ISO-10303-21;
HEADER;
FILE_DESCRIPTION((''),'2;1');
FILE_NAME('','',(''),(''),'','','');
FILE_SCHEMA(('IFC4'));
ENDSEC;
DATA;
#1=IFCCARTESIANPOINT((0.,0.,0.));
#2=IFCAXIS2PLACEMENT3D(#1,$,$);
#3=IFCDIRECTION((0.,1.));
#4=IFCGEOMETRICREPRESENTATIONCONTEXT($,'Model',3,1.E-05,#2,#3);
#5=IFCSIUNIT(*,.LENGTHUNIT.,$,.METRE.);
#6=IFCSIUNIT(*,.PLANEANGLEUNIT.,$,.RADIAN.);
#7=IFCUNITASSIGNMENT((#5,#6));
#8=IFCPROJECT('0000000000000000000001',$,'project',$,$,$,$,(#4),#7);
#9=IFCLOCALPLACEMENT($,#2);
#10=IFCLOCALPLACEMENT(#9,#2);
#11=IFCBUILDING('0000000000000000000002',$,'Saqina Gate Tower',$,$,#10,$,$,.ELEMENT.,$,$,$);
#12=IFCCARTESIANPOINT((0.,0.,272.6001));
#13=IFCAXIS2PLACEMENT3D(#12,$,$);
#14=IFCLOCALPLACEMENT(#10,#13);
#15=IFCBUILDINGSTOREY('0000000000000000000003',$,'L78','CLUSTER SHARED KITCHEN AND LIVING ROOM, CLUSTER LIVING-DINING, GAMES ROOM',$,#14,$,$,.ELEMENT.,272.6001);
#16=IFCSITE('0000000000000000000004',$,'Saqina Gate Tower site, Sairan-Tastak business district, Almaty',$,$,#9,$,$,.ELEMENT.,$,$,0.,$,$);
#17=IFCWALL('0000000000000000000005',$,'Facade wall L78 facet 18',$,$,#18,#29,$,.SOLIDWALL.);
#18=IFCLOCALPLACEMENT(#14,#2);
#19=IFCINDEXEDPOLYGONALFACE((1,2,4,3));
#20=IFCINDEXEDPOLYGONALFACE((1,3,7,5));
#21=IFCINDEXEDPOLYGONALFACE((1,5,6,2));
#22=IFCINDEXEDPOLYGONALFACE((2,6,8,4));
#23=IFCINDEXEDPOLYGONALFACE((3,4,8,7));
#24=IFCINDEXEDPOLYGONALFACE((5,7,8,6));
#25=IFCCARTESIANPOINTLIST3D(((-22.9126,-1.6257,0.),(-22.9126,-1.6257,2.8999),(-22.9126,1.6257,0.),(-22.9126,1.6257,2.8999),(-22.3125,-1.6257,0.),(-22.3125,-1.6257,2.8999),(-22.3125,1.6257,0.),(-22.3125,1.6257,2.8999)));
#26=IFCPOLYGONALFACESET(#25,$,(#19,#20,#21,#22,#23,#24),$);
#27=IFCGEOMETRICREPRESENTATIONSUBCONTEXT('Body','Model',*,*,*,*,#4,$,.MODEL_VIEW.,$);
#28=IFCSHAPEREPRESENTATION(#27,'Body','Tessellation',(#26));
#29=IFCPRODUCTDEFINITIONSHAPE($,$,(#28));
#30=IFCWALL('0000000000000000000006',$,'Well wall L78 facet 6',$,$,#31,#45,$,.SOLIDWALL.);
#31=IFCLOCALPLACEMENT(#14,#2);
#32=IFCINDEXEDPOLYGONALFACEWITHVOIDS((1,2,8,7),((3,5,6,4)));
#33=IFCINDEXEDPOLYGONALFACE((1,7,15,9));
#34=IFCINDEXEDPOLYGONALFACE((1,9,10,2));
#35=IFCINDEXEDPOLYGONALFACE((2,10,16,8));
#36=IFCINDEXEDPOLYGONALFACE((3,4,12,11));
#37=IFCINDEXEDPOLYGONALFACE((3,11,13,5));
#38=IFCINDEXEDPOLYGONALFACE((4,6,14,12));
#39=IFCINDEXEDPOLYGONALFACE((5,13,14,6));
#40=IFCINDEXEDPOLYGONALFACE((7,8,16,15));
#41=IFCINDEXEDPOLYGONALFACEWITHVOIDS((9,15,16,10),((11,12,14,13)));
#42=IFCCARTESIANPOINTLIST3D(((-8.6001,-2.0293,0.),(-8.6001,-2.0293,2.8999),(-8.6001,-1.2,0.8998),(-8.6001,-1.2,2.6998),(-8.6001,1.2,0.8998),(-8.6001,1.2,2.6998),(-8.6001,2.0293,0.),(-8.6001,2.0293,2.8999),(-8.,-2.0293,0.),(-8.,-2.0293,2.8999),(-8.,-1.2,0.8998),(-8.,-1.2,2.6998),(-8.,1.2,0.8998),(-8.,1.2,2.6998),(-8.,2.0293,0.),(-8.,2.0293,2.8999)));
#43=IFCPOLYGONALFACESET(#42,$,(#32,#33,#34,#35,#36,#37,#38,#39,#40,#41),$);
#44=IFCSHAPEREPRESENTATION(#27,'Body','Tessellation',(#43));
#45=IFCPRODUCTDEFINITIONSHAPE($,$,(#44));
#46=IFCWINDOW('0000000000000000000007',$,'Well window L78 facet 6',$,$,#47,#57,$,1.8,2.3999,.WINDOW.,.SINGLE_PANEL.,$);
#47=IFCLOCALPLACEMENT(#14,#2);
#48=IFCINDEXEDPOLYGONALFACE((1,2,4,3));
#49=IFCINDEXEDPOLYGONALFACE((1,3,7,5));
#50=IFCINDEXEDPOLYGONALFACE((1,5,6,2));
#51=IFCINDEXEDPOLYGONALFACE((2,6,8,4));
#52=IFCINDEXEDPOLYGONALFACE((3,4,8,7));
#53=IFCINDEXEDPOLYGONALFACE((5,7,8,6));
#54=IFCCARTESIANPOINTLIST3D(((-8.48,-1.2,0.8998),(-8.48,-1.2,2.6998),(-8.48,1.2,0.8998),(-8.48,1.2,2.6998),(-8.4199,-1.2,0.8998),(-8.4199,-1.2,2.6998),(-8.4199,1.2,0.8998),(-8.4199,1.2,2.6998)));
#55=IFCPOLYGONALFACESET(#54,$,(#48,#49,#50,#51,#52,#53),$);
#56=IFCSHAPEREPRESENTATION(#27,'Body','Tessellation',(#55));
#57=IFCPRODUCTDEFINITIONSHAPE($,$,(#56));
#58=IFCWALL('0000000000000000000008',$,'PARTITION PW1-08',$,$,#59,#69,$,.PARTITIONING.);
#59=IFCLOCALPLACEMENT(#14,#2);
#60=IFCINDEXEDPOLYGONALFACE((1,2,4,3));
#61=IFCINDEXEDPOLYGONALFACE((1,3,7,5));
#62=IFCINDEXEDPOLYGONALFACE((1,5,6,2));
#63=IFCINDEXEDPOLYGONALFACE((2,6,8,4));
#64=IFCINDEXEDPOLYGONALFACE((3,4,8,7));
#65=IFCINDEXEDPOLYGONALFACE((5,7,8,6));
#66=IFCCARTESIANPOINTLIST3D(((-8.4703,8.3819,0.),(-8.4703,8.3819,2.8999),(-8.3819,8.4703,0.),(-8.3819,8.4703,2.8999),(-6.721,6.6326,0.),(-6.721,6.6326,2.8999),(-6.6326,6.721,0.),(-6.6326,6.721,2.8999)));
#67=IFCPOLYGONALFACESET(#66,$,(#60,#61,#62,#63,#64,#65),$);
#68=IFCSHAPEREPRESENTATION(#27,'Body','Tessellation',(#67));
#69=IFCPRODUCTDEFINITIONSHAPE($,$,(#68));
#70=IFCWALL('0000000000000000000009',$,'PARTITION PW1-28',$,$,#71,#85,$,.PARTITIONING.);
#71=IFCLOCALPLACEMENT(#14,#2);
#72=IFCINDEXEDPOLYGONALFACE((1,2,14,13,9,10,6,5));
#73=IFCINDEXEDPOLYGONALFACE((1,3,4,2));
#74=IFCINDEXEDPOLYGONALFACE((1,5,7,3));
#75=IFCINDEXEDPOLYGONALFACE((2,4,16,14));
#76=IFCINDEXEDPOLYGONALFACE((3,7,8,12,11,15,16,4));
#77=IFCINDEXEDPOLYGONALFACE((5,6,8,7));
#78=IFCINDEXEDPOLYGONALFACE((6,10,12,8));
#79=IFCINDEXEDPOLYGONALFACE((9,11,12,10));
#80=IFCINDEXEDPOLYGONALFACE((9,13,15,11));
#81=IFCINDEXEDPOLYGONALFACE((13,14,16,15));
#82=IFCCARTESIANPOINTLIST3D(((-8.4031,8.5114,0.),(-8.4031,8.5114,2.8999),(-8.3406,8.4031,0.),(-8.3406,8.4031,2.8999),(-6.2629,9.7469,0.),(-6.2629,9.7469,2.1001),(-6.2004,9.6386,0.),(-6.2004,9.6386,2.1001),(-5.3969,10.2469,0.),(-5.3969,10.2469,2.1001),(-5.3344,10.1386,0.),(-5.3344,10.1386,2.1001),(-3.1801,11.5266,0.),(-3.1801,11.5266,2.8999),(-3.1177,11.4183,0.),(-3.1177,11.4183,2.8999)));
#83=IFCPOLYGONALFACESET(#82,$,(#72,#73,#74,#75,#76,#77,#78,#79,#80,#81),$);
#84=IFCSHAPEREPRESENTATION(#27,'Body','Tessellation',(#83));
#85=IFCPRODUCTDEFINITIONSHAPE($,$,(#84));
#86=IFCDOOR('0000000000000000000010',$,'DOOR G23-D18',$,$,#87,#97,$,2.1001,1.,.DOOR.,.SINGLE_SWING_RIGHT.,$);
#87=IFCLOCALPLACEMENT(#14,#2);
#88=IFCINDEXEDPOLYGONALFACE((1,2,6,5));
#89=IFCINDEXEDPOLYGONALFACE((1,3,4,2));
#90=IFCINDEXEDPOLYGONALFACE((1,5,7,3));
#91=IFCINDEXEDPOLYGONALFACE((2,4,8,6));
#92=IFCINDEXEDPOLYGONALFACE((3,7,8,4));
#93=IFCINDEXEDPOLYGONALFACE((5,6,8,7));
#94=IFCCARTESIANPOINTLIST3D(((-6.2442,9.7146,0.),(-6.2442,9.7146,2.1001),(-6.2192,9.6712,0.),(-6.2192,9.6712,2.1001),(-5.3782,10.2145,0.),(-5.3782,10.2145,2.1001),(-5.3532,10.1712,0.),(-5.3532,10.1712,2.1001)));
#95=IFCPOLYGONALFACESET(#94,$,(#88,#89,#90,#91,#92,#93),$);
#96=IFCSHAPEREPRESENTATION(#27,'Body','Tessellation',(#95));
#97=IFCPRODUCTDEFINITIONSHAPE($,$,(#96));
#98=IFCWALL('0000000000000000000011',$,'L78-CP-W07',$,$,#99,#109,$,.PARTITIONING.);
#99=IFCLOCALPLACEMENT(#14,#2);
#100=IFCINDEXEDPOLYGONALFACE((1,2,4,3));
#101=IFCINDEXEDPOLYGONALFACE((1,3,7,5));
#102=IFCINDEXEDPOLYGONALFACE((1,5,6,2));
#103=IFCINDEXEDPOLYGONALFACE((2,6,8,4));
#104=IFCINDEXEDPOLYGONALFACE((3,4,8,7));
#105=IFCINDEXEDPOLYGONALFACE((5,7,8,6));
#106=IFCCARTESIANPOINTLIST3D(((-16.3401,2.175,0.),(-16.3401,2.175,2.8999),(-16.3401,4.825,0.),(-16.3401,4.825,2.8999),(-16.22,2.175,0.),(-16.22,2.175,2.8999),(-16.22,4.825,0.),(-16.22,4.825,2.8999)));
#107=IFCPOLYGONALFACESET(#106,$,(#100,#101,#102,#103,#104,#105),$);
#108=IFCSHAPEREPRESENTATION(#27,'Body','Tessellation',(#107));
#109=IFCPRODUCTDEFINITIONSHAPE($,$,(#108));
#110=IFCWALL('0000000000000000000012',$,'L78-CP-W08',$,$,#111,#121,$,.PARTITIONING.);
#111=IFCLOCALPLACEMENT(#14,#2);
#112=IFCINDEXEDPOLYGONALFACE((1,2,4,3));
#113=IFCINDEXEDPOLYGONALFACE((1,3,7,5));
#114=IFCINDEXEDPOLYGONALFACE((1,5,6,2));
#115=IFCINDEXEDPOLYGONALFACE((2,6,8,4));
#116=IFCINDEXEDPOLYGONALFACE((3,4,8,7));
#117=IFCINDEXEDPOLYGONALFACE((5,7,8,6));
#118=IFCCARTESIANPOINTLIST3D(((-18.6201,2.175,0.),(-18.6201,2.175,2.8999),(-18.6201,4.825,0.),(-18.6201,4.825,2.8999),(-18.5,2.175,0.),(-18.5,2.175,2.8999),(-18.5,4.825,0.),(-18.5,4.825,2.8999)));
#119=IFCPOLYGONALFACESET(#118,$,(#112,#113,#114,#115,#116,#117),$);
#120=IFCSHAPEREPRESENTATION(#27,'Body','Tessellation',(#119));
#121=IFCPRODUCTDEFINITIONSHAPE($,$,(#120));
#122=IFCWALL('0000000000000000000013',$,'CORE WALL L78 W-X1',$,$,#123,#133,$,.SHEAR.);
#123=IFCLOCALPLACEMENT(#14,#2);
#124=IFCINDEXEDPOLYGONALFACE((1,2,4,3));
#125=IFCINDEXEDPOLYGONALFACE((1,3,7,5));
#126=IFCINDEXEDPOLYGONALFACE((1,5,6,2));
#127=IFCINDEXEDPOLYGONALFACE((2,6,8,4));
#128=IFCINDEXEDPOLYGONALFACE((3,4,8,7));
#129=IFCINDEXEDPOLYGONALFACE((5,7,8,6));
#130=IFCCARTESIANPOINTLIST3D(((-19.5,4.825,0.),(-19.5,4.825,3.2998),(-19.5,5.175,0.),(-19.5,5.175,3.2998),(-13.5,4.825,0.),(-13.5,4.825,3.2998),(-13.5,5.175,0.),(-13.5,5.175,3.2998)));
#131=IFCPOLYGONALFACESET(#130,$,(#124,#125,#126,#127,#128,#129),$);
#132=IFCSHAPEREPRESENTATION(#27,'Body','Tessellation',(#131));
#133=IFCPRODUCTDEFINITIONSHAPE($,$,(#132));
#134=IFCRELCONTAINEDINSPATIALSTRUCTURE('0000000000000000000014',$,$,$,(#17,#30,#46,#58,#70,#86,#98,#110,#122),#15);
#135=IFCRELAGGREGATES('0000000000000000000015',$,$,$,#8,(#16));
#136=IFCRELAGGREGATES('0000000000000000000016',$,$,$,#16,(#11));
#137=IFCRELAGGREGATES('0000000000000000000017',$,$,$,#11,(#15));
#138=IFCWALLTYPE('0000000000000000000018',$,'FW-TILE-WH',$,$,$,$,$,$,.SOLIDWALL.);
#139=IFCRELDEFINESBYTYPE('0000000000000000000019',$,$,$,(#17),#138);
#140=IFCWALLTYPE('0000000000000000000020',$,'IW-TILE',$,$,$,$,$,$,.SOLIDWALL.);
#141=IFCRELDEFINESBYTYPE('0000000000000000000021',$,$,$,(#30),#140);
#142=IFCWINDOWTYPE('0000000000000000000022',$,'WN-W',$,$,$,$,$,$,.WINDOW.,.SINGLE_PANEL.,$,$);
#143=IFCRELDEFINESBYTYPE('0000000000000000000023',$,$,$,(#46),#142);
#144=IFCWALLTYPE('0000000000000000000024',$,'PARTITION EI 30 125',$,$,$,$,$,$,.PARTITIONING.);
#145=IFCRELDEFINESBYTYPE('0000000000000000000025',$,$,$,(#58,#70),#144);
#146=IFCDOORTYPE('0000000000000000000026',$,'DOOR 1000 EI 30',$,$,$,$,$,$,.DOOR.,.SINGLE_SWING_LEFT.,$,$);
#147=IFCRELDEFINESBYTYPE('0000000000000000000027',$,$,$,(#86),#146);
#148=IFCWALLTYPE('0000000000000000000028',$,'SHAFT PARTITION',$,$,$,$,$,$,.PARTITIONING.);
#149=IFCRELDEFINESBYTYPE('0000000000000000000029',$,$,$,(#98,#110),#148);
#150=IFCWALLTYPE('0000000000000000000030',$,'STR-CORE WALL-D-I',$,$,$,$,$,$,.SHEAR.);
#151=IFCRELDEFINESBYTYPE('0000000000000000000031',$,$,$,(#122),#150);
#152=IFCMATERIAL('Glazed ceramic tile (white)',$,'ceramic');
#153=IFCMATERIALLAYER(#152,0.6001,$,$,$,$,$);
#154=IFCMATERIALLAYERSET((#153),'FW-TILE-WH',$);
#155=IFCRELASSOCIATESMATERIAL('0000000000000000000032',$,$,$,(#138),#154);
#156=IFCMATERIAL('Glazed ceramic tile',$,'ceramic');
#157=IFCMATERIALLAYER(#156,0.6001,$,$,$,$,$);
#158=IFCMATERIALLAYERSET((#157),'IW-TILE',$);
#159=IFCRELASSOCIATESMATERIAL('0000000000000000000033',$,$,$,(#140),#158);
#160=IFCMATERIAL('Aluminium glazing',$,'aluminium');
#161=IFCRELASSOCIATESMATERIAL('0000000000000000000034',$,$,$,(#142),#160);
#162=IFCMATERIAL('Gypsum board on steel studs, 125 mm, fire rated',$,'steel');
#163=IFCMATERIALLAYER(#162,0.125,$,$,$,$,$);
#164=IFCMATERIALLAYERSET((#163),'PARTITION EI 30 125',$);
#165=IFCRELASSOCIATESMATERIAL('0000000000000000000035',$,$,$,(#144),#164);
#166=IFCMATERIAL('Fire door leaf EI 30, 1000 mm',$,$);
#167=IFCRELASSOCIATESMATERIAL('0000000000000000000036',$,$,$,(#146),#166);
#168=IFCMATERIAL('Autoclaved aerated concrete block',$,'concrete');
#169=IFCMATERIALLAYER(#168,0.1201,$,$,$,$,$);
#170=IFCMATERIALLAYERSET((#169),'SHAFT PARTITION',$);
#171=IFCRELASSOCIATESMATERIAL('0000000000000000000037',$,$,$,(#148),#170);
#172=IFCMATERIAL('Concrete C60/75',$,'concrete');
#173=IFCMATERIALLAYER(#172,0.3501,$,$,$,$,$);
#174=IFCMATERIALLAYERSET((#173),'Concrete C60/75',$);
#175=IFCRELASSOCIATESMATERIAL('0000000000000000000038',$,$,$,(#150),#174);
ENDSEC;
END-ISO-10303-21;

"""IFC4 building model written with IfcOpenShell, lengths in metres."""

from ifc_helpers import new_model, si_unit, direction, frame, frame_2d, origin, place, context, subcontext, project, spatial, rectangle, extrude, material, layer, layer_set, type_object, element, fill, save


model = new_model("IFC4")

# Units and contexts
model_context = context("Model", 3, precision=1e-05, world=origin(), true_north=direction((0.0, 1.0)))
body_context = subcontext(model_context, "Body", "Model", "MODEL_VIEW")
ifc_project = project(units=[si_unit("LENGTHUNIT", "METRE"), si_unit("PLANEANGLEUNIT", "RADIAN")], contexts=[model_context])

# Site, building, storey
site_placement = place(None, origin())
site = spatial("IfcSite", under=ifc_project, at=site_placement, Name="Saqina Gate Tower site, Sairan-Tastak business district, Almaty", CompositionType="ELEMENT", RefElevation=0.0)
building_placement = place(site_placement, origin())
building = spatial("IfcBuilding", under=site, at=building_placement, Name="Saqina Gate Tower", CompositionType="ELEMENT")
storey_placement = place(building_placement, frame((0.0, 0.0, 272.6001)))
storey = spatial("IfcBuildingStorey", under=building, at=storey_placement, Name="L78", Description="CLUSTER SHARED KITCHEN AND LIVING ROOM, CLUSTER LIVING-DINING, GAMES ROOM", CompositionType="ELEMENT", Elevation=272.6001)

# Wall
ifc_material_1 = material(Name="Glazed ceramic tile (white)", Category="ceramic")
ifc_layer_1 = layer(ifc_material_1, 0.6001)
ifc_layer_set_1 = layer_set([ifc_layer_1], Name="FW-TILE-WH")
wall_type_1 = type_object("IfcWallType", Name="FW-TILE-WH", PredefinedType="SOLIDWALL", material=ifc_layer_set_1)
wall_1_placement = place(storey_placement, frame((-22.6125, 1.6257, 0.0), z_axis=(0.0, 0.0, 1.0), x_axis=(0.0, -1.0, 0.0)))
element("IfcWall", 1, at=wall_1_placement, inside=storey, type_object=wall_type_1, Name="Facade wall L78 facet 18", PredefinedType="SOLIDWALL", context=body_context, shape_type="SweptSolid", body=[
    extrude(rectangle(XDim=3.2515, YDim=0.6001, at=frame_2d((1.6257, 0.0))), origin(), (0.0, 0.0, 1.0), 2.8999),
])

# Wall, opening, window
ifc_material_2 = material(Name="Glazed ceramic tile", Category="ceramic")
ifc_layer_2 = layer(ifc_material_2, 0.6001)
ifc_layer_set_2 = layer_set([ifc_layer_2], Name="IW-TILE")
wall_type_2 = type_object("IfcWallType", Name="IW-TILE", PredefinedType="SOLIDWALL", material=ifc_layer_set_2)
wall_2_placement = place(storey_placement, frame((-8.3, 2.0293, 0.0), z_axis=(0.0, 0.0, 1.0), x_axis=(0.0, -1.0, 0.0)))
wall_2 = element("IfcWall", 2, at=wall_2_placement, inside=storey, type_object=wall_type_2, Name="Well wall L78 facet 6", PredefinedType="SOLIDWALL", context=body_context, shape_type="SweptSolid", body=[
    extrude(rectangle(XDim=4.0586, YDim=0.6001, at=frame_2d((2.0293, 0.0))), origin(), (0.0, 0.0, 1.0), 2.8999),
])
opening_1_placement = place(wall_2_placement, frame((0.8293, 0.0, 0.8999)))
opening_1 = element("IfcOpeningElement", 3, at=opening_1_placement, cuts=wall_2, PredefinedType="OPENING", context=body_context, shape_type="SweptSolid", body=[
    extrude(rectangle(XDim=2.3999, YDim=1.8, at=frame_2d((1.2, 0.8999))), frame((0.0, 0.312, 0.0), z_axis=(0.0, -1.0, 0.0), x_axis=(1.0, 0.0, 0.0)), (0.0, 0.0, 1.0), 0.624),
])
ifc_material_3 = material(Name="Aluminium glazing", Category="aluminium")
window_type = type_object("IfcWindowType", Name="WN-W", PartitioningType="SINGLE_PANEL", PredefinedType="WINDOW", material=ifc_material_3)
window_placement = place(opening_1_placement, origin())
window = element("IfcWindow", 4, at=window_placement, inside=storey, type_object=window_type, Name="Well window L78 facet 6", OverallHeight=1.8, OverallWidth=2.3999, PartitioningType="SINGLE_PANEL", PredefinedType="WINDOW", context=body_context, shape_type="SweptSolid", body=[
    extrude(rectangle(XDim=2.3999, YDim=1.8, at=frame_2d((1.2, 0.8999))), frame((0.0, -0.1199, 0.0), z_axis=(0.0, -1.0, 0.0), x_axis=(1.0, 0.0, 0.0)), (0.0, 0.0, 1.0), 0.0601),
])
fill(opening_1, window)

# Wall
ifc_material_4 = material(Name="Gypsum board on steel studs, 125 mm, fire rated", Category="steel")
ifc_layer_3 = layer(ifc_material_4, 0.125)
ifc_layer_set_3 = layer_set([ifc_layer_3], Name="PARTITION EI 30 125")
wall_type_3 = type_object("IfcWallType", Name="PARTITION EI 30 125", PredefinedType="PARTITIONING", material=ifc_layer_set_3)
wall_3_placement = place(storey_placement, frame((-8.426, 8.426, 0.0), z_axis=(0.0, 0.0, 1.0), x_axis=(0.707107, -0.707107, 0.0)))
element("IfcWall", 5, at=wall_3_placement, inside=storey, type_object=wall_type_3, Name="PARTITION PW1-08", PredefinedType="PARTITIONING", context=body_context, shape_type="SweptSolid", body=[
    extrude(rectangle(XDim=2.4739, YDim=0.125, at=frame_2d((1.2368, 0.0))), origin(), (0.0, 0.0, 1.0), 2.8999),
])

# Wall, opening, door
wall_4_placement = place(storey_placement, frame((-8.3718, 8.4573, 0.0), z_axis=(0.0, 0.0, 1.0), x_axis=(0.866047, 0.499962, 0.0)))
wall_4 = element("IfcWall", 6, at=wall_4_placement, inside=storey, type_object=wall_type_3, Name="PARTITION PW1-28", PredefinedType="PARTITIONING", context=body_context, shape_type="SweptSolid", body=[
    extrude(rectangle(XDim=6.0308, YDim=0.125, at=frame_2d((3.0154, 0.0))), origin(), (0.0, 0.0, 1.0), 2.8999),
])
opening_2_placement = place(wall_4_placement, frame((2.4712, 0.0, 0.0)))
opening_2 = element("IfcOpeningElement", 7, at=opening_2_placement, cuts=wall_4, PredefinedType="OPENING", context=body_context, shape_type="SweptSolid", body=[
    extrude(rectangle(XDim=1.0, YDim=2.1001, at=frame_2d((0.5, 1.05))), frame((0.0, 0.0745, 0.0), z_axis=(0.0, -1.0, 0.0), x_axis=(1.0, 0.0, 0.0)), (0.0, 0.0, 1.0), 0.1489),
])
ifc_material_5 = material(Name="Fire door leaf EI 30, 1000 mm")
door_type_1 = type_object("IfcDoorType", Name="DOOR 1000 EI 30", OperationType="SINGLE_SWING_LEFT", PredefinedType="DOOR", material=ifc_material_5)
door_1_placement = place(opening_2_placement, frame((1.0, 0.0, 0.0), z_axis=(0.0, 0.0, 1.0), x_axis=(-1.0, 0.0, 0.0)))
door_1 = element("IfcDoor", 8, at=door_1_placement, inside=storey, type_object=door_type_1, Name="DOOR G23-D18", OperationType="SINGLE_SWING_RIGHT", OverallHeight=2.1001, OverallWidth=1.0, PredefinedType="DOOR", context=body_context, shape_type="SweptSolid", body=[
    extrude(rectangle(XDim=1.0, YDim=2.1001, at=frame_2d((0.5, 1.05))), frame((0.0, 0.0249, 0.0), z_axis=(0.0, -1.0, 0.0), x_axis=(1.0, 0.0, 0.0)), (0.0, 0.0, 1.0), 0.05),
])
fill(opening_2, door_1)

# Walls
ifc_material_6 = material(Name="Autoclaved aerated concrete block", Category="concrete")
ifc_layer_4 = layer(ifc_material_6, 0.1201)
ifc_layer_set_4 = layer_set([ifc_layer_4], Name="SHAFT PARTITION")
wall_type_4 = type_object("IfcWallType", Name="SHAFT PARTITION", PredefinedType="PARTITIONING", material=ifc_layer_set_4)
for number, where, z_axis, x_axis, name in (
    (9, (-16.28, 2.175, 0.0), (0.0, 0.0, 1.0), (0.0, 1.0, 0.0), "L78-CP-W07"),
    (10, (-18.5601, 2.175, 0.0), (0.0, 0.0, 1.0), (0.0, 1.0, 0.0), "L78-CP-W08"),
):
    element("IfcWall", number, at=place(storey_placement, frame(where, z_axis=z_axis, x_axis=x_axis)), inside=storey, type_object=wall_type_4, Name=name, PredefinedType="PARTITIONING", context=body_context, shape_type="SweptSolid", body=[
        extrude(rectangle(XDim=2.6499, YDim=0.1201, at=frame_2d((1.325, 0.0))), origin(), (0.0, 0.0, 1.0), 2.8999),
    ])
ifc_material_7 = material(Name="Concrete C60/75", Category="concrete")
ifc_layer_5 = layer(ifc_material_7, 0.3501)
ifc_layer_set_5 = layer_set([ifc_layer_5], Name="Concrete C60/75")
wall_type_5 = type_object("IfcWallType", Name="STR-CORE WALL-D-I", PredefinedType="SHEAR", material=ifc_layer_set_5)
wall_5_placement = place(storey_placement, frame((-13.5, 5.0, 0.0), z_axis=(0.0, 0.0, 1.0), x_axis=(-1.0, 0.0, 0.0)))
element("IfcWall", 11, at=wall_5_placement, inside=storey, type_object=wall_type_5, Name="CORE WALL L78 W-X1", PredefinedType="SHEAR", context=body_context, shape_type="SweptSolid", body=[
    extrude(rectangle(XDim=6.0, YDim=0.3501, at=frame_2d((3.0, 0.0))), origin(), (0.0, 0.0, 1.0), 3.2998),
])

save(model, "model.ifc")
